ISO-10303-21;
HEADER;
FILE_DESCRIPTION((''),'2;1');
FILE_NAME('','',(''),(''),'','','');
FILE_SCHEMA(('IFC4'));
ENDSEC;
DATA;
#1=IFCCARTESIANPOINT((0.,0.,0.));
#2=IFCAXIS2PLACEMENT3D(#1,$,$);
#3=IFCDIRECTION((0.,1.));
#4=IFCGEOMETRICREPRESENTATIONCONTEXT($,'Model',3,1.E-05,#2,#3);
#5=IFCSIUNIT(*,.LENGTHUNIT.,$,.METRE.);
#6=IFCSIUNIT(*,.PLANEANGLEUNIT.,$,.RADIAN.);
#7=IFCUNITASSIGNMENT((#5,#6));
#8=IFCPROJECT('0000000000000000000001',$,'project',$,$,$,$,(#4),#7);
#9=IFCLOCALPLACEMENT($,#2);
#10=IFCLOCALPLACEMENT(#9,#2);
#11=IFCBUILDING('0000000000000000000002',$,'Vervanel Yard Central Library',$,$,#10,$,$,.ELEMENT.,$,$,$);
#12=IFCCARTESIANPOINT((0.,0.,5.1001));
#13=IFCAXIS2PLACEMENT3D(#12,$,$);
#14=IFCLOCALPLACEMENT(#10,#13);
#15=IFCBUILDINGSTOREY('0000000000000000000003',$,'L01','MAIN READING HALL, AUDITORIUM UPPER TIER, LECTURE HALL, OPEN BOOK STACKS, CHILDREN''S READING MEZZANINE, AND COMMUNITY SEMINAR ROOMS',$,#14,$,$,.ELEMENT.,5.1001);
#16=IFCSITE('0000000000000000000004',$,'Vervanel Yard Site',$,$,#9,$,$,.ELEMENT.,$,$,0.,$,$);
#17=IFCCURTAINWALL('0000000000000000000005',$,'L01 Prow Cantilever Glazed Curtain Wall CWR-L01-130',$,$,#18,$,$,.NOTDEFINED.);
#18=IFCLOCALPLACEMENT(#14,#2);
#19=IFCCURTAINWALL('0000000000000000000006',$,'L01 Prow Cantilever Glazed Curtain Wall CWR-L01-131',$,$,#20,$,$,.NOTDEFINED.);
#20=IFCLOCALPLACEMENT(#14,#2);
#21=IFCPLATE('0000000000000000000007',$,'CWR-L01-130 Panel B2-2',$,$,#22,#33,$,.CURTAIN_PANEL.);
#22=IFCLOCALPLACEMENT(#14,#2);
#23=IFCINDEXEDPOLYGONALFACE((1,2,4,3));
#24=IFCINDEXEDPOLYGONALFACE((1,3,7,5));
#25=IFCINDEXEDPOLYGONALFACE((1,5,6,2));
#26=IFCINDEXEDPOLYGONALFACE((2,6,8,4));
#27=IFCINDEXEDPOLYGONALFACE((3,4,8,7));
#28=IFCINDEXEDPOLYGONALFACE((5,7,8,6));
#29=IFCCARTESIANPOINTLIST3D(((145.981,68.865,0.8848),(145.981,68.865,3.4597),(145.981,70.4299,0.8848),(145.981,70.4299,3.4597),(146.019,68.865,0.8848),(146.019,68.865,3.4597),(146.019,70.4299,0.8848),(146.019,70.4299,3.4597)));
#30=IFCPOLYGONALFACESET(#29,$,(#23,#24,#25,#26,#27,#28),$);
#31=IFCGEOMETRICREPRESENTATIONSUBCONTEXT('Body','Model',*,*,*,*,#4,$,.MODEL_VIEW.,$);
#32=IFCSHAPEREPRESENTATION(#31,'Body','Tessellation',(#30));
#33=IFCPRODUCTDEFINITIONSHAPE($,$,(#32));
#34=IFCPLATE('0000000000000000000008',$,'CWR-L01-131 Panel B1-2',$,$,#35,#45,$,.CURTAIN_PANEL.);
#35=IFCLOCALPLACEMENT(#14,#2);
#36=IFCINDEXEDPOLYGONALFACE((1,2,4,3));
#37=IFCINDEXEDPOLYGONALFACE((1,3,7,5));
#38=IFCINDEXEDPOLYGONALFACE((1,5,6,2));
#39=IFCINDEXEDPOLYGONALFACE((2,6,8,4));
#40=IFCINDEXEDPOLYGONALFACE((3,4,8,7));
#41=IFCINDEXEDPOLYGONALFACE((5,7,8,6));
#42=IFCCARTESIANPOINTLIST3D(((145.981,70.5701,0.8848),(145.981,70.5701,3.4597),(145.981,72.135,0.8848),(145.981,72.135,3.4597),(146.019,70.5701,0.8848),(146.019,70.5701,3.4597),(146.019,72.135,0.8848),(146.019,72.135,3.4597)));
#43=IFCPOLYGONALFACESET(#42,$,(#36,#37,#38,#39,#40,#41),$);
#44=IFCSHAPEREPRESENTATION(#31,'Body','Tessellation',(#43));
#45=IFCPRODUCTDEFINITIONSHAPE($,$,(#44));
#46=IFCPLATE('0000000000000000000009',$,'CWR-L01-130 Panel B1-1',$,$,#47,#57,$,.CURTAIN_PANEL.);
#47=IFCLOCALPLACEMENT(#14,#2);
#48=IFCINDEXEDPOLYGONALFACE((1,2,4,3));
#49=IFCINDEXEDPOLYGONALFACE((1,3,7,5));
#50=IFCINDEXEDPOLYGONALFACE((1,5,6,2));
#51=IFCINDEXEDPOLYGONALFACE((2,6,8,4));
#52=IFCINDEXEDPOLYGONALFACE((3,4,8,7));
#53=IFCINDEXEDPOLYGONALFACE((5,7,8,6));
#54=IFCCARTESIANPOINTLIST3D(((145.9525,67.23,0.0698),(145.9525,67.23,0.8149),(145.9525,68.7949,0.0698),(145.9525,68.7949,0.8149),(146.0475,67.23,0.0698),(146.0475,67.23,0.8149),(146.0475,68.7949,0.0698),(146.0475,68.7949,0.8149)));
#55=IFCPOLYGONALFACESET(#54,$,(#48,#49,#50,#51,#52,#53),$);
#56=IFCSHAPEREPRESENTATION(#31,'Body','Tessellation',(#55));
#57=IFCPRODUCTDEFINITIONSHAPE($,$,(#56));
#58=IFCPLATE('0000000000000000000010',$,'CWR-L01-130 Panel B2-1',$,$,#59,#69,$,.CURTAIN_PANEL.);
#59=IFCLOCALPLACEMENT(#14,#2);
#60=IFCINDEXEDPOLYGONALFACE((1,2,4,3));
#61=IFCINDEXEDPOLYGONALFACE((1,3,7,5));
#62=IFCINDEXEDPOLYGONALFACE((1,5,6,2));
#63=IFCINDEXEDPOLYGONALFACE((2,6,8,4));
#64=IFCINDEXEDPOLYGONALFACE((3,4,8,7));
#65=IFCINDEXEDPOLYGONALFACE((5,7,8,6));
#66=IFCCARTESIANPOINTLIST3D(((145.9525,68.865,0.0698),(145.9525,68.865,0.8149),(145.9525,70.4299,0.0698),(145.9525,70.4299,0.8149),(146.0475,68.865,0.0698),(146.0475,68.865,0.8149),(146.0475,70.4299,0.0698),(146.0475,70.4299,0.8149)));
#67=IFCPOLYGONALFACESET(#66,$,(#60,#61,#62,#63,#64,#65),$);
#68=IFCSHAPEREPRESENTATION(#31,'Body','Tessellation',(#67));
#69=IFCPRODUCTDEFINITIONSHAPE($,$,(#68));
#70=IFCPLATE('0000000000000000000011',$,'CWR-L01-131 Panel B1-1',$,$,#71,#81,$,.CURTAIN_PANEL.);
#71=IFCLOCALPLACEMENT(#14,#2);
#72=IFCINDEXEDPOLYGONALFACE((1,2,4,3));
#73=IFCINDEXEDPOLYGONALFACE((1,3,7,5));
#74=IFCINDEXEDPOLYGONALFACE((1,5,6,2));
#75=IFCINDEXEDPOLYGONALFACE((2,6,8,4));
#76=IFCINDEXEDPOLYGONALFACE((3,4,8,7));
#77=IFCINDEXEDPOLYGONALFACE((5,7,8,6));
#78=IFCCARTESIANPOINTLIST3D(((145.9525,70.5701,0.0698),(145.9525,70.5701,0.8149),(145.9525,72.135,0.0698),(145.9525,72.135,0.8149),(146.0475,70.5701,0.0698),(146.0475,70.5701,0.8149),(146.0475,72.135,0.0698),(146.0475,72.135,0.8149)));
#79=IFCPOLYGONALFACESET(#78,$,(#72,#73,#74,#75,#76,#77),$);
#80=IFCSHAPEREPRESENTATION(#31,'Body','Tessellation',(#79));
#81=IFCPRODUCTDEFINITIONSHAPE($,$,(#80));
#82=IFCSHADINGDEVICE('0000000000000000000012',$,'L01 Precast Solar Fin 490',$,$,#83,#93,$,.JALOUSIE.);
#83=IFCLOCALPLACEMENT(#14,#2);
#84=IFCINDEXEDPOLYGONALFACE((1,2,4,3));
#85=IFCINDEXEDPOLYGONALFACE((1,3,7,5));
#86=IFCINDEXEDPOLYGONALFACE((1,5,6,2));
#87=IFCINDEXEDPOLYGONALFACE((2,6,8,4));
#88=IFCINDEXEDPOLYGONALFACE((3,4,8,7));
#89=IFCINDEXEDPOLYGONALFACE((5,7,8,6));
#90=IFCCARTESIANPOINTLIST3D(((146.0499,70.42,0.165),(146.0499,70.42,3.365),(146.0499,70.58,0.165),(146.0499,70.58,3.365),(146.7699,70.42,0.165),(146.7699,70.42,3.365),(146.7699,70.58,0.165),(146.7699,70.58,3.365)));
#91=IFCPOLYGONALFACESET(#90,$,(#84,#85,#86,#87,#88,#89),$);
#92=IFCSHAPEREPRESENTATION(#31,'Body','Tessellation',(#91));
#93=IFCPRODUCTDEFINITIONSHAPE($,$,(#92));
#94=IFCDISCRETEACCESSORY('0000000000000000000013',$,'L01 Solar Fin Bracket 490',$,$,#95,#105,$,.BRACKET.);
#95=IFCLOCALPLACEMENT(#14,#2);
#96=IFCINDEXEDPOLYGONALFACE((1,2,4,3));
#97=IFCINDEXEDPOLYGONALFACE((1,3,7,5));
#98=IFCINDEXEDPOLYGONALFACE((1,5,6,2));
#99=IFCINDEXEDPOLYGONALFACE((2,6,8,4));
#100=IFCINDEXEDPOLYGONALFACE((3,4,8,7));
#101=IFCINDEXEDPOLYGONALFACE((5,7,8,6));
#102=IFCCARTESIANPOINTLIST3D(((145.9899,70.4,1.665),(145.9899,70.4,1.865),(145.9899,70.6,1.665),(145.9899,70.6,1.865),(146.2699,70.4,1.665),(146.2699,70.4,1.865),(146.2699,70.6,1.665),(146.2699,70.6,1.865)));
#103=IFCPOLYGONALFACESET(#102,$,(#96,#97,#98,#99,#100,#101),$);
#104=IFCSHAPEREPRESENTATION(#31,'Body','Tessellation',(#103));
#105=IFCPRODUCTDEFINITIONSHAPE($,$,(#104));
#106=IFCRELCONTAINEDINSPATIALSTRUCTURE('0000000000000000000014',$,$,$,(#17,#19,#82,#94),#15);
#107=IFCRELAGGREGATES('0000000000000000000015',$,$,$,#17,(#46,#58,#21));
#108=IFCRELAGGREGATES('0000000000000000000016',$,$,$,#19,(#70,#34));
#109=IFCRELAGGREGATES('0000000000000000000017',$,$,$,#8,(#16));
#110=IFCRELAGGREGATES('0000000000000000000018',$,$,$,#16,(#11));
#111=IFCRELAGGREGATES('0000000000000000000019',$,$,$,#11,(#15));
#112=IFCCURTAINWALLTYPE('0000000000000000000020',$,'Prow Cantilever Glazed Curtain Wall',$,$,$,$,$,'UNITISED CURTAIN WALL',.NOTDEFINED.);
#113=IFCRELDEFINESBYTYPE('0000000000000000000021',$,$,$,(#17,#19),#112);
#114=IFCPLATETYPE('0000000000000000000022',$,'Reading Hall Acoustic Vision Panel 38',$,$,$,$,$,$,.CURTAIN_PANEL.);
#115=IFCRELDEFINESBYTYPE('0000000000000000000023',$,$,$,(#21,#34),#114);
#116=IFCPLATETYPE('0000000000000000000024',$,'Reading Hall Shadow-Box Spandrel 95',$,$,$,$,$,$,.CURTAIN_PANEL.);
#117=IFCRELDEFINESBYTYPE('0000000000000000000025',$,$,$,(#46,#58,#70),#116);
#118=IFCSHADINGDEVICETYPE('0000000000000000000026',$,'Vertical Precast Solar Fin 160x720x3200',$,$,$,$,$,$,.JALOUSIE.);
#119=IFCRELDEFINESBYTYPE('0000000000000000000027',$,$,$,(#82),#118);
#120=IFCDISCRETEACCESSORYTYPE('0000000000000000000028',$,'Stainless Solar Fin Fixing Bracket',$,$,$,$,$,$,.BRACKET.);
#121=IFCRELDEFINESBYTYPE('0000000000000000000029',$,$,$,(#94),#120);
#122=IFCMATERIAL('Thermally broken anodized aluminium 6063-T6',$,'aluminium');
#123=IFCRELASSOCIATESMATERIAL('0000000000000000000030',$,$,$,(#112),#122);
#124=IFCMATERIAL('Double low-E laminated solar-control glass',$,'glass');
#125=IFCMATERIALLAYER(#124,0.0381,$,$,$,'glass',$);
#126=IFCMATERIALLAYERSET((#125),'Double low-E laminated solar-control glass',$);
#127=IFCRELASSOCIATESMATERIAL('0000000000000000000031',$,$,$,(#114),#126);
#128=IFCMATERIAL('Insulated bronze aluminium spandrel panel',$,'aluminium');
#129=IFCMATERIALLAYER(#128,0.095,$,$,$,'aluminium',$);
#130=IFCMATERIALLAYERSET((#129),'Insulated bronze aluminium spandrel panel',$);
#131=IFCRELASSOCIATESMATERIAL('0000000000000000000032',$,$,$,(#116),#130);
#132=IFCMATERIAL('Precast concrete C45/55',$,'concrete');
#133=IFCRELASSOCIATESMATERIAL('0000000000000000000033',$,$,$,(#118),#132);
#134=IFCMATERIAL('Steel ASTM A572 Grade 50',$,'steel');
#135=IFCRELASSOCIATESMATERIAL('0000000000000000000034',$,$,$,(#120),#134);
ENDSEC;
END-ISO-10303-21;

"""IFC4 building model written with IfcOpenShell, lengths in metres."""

from ifc_helpers import new_model, si_unit, direction, frame, origin, origin_2d, place, context, subcontext, project, spatial, rectangle, extrude, material, layer, layer_set, type_object, element, aggregate, save


model = new_model("IFC4")

# Units and contexts
model_context = context("Model", 3, precision=1e-05, world=origin(), true_north=direction((0.0, 1.0)))
body_context = subcontext(model_context, "Body", "Model", "MODEL_VIEW")
ifc_project = project(units=[si_unit("LENGTHUNIT", "METRE"), si_unit("PLANEANGLEUNIT", "RADIAN")], contexts=[model_context])

# Site, building, storey
site_placement = place(None, origin())
site = spatial("IfcSite", under=ifc_project, at=site_placement, Name="Vervanel Yard Site", CompositionType="ELEMENT", RefElevation=0.0)
building_placement = place(site_placement, origin())
building = spatial("IfcBuilding", under=site, at=building_placement, Name="Vervanel Yard Central Library", CompositionType="ELEMENT")
storey_placement = place(building_placement, frame((0.0, 0.0, 5.1001)))
storey = spatial("IfcBuildingStorey", under=building, at=storey_placement, Name="L01", Description="MAIN READING HALL, AUDITORIUM UPPER TIER, LECTURE HALL, OPEN BOOK STACKS, CHILDREN'S READING MEZZANINE, AND COMMUNITY SEMINAR ROOMS", CompositionType="ELEMENT", Elevation=5.1001)

# Curtain walls
ifc_material_1 = material(Name="Thermally broken anodized aluminium 6063-T6", Category="aluminium")
curtain_wall_type = type_object("IfcCurtainWallType", Name="Prow Cantilever Glazed Curtain Wall", ElementType="UNITISED CURTAIN WALL", PredefinedType="NOTDEFINED", material=ifc_material_1)
curtain_wall_1_placement = place(storey_placement, origin())
curtain_wall_1 = element("IfcCurtainWall", 1, at=curtain_wall_1_placement, inside=storey, type_object=curtain_wall_type, Name="L01 Prow Cantilever Glazed Curtain Wall CWR-L01-130", PredefinedType="NOTDEFINED")
curtain_wall_2_placement = place(storey_placement, origin())
curtain_wall_2 = element("IfcCurtainWall", 2, at=curtain_wall_2_placement, inside=storey, type_object=curtain_wall_type, Name="L01 Prow Cantilever Glazed Curtain Wall CWR-L01-131", PredefinedType="NOTDEFINED")

# Plates
ifc_material_2 = material(Name="Double low-E laminated solar-control glass", Category="glass")
ifc_layer_1 = layer(ifc_material_2, 0.0381, Category="glass")
ifc_layer_set_1 = layer_set([ifc_layer_1], Name="Double low-E laminated solar-control glass")
plate_type_1 = type_object("IfcPlateType", Name="Reading Hall Acoustic Vision Panel 38", PredefinedType="CURTAIN_PANEL", material=ifc_layer_set_1)
plate_1_placement = place(storey_placement, frame((146.0, 69.6475, 0.8848), z_axis=(0.0, 0.0, 1.0), x_axis=(0.0, 1.0, 0.0)))
plate_1 = element("IfcPlate", 3, at=plate_1_placement, type_object=plate_type_1, Name="CWR-L01-130 Panel B2-2", PredefinedType="CURTAIN_PANEL", context=body_context, shape_type="SweptSolid", body=[
    extrude(rectangle(XDim=1.5649, YDim=0.0381, at=origin_2d()), origin(), (0.0, 0.0, 1.0), 2.575),
])
plate_2_placement = place(storey_placement, frame((146.0, 71.3525, 0.8848), z_axis=(0.0, 0.0, 1.0), x_axis=(0.0, 1.0, 0.0)))
plate_2 = element("IfcPlate", 4, at=plate_2_placement, type_object=plate_type_1, Name="CWR-L01-131 Panel B1-2", PredefinedType="CURTAIN_PANEL", context=body_context, shape_type="SweptSolid", body=[
    extrude(rectangle(XDim=1.5649, YDim=0.0381, at=origin_2d()), origin(), (0.0, 0.0, 1.0), 2.575),
])
ifc_material_3 = material(Name="Insulated bronze aluminium spandrel panel", Category="aluminium")
ifc_layer_2 = layer(ifc_material_3, 0.095, Category="aluminium")
ifc_layer_set_2 = layer_set([ifc_layer_2], Name="Insulated bronze aluminium spandrel panel")
plate_type_2 = type_object("IfcPlateType", Name="Reading Hall Shadow-Box Spandrel 95", PredefinedType="CURTAIN_PANEL", material=ifc_layer_set_2)
plate_3_placement = place(storey_placement, frame((146.0, 68.0125, 0.0698), z_axis=(0.0, 0.0, 1.0), x_axis=(0.0, 1.0, 0.0)))
plate_3 = element("IfcPlate", 5, at=plate_3_placement, type_object=plate_type_2, Name="CWR-L01-130 Panel B1-1", PredefinedType="CURTAIN_PANEL", context=body_context, shape_type="SweptSolid", body=[
    extrude(rectangle(XDim=1.5649, YDim=0.095, at=origin_2d()), origin(), (0.0, 0.0, 1.0), 0.7451),
])
plate_4_placement = place(storey_placement, frame((146.0, 69.6475, 0.0698), z_axis=(0.0, 0.0, 1.0), x_axis=(0.0, 1.0, 0.0)))
plate_4 = element("IfcPlate", 6, at=plate_4_placement, type_object=plate_type_2, Name="CWR-L01-130 Panel B2-1", PredefinedType="CURTAIN_PANEL", context=body_context, shape_type="SweptSolid", body=[
    extrude(rectangle(XDim=1.5649, YDim=0.095, at=origin_2d()), origin(), (0.0, 0.0, 1.0), 0.7451),
])
aggregate(curtain_wall_1, [plate_3, plate_4, plate_1])
plate_5_placement = place(storey_placement, frame((146.0, 71.3525, 0.0698), z_axis=(0.0, 0.0, 1.0), x_axis=(0.0, 1.0, 0.0)))
plate_5 = element("IfcPlate", 7, at=plate_5_placement, type_object=plate_type_2, Name="CWR-L01-131 Panel B1-1", PredefinedType="CURTAIN_PANEL", context=body_context, shape_type="SweptSolid", body=[
    extrude(rectangle(XDim=1.5649, YDim=0.095, at=origin_2d()), origin(), (0.0, 0.0, 1.0), 0.7451),
])
aggregate(curtain_wall_2, [plate_5, plate_2])

# Shading device
ifc_material_4 = material(Name="Precast concrete C45/55", Category="concrete")
shading_device_type = type_object("IfcShadingDeviceType", Name="Vertical Precast Solar Fin 160x720x3200", PredefinedType="JALOUSIE", material=ifc_material_4)
shading_device_placement = place(storey_placement, frame((146.4099, 70.5, 0.165), z_axis=(0.0, 0.0, 1.0), x_axis=(0.0, 1.0, 0.0)))
element("IfcShadingDevice", 8, at=shading_device_placement, inside=storey, type_object=shading_device_type, Name="L01 Precast Solar Fin 490", PredefinedType="JALOUSIE", context=body_context, shape_type="SweptSolid", body=[
    extrude(rectangle(XDim=0.1599, YDim=0.72, at=origin_2d()), origin(), (0.0, 0.0, 1.0), 3.2),
])

# Discrete accessory
ifc_material_5 = material(Name="Steel ASTM A572 Grade 50", Category="steel")
discrete_accessory_type = type_object("IfcDiscreteAccessoryType", Name="Stainless Solar Fin Fixing Bracket", PredefinedType="BRACKET", material=ifc_material_5)
discrete_accessory_placement = place(storey_placement, frame((146.1299, 70.5, 1.665), z_axis=(0.0, 0.0, 1.0), x_axis=(0.0, 1.0, 0.0)))
element("IfcDiscreteAccessory", 9, at=discrete_accessory_placement, inside=storey, type_object=discrete_accessory_type, Name="L01 Solar Fin Bracket 490", PredefinedType="BRACKET", context=body_context, shape_type="SweptSolid", body=[
    extrude(rectangle(XDim=0.2, YDim=0.28, at=origin_2d()), origin(), (0.0, 0.0, 1.0), 0.2),
])

save(model, "model.ifc")
